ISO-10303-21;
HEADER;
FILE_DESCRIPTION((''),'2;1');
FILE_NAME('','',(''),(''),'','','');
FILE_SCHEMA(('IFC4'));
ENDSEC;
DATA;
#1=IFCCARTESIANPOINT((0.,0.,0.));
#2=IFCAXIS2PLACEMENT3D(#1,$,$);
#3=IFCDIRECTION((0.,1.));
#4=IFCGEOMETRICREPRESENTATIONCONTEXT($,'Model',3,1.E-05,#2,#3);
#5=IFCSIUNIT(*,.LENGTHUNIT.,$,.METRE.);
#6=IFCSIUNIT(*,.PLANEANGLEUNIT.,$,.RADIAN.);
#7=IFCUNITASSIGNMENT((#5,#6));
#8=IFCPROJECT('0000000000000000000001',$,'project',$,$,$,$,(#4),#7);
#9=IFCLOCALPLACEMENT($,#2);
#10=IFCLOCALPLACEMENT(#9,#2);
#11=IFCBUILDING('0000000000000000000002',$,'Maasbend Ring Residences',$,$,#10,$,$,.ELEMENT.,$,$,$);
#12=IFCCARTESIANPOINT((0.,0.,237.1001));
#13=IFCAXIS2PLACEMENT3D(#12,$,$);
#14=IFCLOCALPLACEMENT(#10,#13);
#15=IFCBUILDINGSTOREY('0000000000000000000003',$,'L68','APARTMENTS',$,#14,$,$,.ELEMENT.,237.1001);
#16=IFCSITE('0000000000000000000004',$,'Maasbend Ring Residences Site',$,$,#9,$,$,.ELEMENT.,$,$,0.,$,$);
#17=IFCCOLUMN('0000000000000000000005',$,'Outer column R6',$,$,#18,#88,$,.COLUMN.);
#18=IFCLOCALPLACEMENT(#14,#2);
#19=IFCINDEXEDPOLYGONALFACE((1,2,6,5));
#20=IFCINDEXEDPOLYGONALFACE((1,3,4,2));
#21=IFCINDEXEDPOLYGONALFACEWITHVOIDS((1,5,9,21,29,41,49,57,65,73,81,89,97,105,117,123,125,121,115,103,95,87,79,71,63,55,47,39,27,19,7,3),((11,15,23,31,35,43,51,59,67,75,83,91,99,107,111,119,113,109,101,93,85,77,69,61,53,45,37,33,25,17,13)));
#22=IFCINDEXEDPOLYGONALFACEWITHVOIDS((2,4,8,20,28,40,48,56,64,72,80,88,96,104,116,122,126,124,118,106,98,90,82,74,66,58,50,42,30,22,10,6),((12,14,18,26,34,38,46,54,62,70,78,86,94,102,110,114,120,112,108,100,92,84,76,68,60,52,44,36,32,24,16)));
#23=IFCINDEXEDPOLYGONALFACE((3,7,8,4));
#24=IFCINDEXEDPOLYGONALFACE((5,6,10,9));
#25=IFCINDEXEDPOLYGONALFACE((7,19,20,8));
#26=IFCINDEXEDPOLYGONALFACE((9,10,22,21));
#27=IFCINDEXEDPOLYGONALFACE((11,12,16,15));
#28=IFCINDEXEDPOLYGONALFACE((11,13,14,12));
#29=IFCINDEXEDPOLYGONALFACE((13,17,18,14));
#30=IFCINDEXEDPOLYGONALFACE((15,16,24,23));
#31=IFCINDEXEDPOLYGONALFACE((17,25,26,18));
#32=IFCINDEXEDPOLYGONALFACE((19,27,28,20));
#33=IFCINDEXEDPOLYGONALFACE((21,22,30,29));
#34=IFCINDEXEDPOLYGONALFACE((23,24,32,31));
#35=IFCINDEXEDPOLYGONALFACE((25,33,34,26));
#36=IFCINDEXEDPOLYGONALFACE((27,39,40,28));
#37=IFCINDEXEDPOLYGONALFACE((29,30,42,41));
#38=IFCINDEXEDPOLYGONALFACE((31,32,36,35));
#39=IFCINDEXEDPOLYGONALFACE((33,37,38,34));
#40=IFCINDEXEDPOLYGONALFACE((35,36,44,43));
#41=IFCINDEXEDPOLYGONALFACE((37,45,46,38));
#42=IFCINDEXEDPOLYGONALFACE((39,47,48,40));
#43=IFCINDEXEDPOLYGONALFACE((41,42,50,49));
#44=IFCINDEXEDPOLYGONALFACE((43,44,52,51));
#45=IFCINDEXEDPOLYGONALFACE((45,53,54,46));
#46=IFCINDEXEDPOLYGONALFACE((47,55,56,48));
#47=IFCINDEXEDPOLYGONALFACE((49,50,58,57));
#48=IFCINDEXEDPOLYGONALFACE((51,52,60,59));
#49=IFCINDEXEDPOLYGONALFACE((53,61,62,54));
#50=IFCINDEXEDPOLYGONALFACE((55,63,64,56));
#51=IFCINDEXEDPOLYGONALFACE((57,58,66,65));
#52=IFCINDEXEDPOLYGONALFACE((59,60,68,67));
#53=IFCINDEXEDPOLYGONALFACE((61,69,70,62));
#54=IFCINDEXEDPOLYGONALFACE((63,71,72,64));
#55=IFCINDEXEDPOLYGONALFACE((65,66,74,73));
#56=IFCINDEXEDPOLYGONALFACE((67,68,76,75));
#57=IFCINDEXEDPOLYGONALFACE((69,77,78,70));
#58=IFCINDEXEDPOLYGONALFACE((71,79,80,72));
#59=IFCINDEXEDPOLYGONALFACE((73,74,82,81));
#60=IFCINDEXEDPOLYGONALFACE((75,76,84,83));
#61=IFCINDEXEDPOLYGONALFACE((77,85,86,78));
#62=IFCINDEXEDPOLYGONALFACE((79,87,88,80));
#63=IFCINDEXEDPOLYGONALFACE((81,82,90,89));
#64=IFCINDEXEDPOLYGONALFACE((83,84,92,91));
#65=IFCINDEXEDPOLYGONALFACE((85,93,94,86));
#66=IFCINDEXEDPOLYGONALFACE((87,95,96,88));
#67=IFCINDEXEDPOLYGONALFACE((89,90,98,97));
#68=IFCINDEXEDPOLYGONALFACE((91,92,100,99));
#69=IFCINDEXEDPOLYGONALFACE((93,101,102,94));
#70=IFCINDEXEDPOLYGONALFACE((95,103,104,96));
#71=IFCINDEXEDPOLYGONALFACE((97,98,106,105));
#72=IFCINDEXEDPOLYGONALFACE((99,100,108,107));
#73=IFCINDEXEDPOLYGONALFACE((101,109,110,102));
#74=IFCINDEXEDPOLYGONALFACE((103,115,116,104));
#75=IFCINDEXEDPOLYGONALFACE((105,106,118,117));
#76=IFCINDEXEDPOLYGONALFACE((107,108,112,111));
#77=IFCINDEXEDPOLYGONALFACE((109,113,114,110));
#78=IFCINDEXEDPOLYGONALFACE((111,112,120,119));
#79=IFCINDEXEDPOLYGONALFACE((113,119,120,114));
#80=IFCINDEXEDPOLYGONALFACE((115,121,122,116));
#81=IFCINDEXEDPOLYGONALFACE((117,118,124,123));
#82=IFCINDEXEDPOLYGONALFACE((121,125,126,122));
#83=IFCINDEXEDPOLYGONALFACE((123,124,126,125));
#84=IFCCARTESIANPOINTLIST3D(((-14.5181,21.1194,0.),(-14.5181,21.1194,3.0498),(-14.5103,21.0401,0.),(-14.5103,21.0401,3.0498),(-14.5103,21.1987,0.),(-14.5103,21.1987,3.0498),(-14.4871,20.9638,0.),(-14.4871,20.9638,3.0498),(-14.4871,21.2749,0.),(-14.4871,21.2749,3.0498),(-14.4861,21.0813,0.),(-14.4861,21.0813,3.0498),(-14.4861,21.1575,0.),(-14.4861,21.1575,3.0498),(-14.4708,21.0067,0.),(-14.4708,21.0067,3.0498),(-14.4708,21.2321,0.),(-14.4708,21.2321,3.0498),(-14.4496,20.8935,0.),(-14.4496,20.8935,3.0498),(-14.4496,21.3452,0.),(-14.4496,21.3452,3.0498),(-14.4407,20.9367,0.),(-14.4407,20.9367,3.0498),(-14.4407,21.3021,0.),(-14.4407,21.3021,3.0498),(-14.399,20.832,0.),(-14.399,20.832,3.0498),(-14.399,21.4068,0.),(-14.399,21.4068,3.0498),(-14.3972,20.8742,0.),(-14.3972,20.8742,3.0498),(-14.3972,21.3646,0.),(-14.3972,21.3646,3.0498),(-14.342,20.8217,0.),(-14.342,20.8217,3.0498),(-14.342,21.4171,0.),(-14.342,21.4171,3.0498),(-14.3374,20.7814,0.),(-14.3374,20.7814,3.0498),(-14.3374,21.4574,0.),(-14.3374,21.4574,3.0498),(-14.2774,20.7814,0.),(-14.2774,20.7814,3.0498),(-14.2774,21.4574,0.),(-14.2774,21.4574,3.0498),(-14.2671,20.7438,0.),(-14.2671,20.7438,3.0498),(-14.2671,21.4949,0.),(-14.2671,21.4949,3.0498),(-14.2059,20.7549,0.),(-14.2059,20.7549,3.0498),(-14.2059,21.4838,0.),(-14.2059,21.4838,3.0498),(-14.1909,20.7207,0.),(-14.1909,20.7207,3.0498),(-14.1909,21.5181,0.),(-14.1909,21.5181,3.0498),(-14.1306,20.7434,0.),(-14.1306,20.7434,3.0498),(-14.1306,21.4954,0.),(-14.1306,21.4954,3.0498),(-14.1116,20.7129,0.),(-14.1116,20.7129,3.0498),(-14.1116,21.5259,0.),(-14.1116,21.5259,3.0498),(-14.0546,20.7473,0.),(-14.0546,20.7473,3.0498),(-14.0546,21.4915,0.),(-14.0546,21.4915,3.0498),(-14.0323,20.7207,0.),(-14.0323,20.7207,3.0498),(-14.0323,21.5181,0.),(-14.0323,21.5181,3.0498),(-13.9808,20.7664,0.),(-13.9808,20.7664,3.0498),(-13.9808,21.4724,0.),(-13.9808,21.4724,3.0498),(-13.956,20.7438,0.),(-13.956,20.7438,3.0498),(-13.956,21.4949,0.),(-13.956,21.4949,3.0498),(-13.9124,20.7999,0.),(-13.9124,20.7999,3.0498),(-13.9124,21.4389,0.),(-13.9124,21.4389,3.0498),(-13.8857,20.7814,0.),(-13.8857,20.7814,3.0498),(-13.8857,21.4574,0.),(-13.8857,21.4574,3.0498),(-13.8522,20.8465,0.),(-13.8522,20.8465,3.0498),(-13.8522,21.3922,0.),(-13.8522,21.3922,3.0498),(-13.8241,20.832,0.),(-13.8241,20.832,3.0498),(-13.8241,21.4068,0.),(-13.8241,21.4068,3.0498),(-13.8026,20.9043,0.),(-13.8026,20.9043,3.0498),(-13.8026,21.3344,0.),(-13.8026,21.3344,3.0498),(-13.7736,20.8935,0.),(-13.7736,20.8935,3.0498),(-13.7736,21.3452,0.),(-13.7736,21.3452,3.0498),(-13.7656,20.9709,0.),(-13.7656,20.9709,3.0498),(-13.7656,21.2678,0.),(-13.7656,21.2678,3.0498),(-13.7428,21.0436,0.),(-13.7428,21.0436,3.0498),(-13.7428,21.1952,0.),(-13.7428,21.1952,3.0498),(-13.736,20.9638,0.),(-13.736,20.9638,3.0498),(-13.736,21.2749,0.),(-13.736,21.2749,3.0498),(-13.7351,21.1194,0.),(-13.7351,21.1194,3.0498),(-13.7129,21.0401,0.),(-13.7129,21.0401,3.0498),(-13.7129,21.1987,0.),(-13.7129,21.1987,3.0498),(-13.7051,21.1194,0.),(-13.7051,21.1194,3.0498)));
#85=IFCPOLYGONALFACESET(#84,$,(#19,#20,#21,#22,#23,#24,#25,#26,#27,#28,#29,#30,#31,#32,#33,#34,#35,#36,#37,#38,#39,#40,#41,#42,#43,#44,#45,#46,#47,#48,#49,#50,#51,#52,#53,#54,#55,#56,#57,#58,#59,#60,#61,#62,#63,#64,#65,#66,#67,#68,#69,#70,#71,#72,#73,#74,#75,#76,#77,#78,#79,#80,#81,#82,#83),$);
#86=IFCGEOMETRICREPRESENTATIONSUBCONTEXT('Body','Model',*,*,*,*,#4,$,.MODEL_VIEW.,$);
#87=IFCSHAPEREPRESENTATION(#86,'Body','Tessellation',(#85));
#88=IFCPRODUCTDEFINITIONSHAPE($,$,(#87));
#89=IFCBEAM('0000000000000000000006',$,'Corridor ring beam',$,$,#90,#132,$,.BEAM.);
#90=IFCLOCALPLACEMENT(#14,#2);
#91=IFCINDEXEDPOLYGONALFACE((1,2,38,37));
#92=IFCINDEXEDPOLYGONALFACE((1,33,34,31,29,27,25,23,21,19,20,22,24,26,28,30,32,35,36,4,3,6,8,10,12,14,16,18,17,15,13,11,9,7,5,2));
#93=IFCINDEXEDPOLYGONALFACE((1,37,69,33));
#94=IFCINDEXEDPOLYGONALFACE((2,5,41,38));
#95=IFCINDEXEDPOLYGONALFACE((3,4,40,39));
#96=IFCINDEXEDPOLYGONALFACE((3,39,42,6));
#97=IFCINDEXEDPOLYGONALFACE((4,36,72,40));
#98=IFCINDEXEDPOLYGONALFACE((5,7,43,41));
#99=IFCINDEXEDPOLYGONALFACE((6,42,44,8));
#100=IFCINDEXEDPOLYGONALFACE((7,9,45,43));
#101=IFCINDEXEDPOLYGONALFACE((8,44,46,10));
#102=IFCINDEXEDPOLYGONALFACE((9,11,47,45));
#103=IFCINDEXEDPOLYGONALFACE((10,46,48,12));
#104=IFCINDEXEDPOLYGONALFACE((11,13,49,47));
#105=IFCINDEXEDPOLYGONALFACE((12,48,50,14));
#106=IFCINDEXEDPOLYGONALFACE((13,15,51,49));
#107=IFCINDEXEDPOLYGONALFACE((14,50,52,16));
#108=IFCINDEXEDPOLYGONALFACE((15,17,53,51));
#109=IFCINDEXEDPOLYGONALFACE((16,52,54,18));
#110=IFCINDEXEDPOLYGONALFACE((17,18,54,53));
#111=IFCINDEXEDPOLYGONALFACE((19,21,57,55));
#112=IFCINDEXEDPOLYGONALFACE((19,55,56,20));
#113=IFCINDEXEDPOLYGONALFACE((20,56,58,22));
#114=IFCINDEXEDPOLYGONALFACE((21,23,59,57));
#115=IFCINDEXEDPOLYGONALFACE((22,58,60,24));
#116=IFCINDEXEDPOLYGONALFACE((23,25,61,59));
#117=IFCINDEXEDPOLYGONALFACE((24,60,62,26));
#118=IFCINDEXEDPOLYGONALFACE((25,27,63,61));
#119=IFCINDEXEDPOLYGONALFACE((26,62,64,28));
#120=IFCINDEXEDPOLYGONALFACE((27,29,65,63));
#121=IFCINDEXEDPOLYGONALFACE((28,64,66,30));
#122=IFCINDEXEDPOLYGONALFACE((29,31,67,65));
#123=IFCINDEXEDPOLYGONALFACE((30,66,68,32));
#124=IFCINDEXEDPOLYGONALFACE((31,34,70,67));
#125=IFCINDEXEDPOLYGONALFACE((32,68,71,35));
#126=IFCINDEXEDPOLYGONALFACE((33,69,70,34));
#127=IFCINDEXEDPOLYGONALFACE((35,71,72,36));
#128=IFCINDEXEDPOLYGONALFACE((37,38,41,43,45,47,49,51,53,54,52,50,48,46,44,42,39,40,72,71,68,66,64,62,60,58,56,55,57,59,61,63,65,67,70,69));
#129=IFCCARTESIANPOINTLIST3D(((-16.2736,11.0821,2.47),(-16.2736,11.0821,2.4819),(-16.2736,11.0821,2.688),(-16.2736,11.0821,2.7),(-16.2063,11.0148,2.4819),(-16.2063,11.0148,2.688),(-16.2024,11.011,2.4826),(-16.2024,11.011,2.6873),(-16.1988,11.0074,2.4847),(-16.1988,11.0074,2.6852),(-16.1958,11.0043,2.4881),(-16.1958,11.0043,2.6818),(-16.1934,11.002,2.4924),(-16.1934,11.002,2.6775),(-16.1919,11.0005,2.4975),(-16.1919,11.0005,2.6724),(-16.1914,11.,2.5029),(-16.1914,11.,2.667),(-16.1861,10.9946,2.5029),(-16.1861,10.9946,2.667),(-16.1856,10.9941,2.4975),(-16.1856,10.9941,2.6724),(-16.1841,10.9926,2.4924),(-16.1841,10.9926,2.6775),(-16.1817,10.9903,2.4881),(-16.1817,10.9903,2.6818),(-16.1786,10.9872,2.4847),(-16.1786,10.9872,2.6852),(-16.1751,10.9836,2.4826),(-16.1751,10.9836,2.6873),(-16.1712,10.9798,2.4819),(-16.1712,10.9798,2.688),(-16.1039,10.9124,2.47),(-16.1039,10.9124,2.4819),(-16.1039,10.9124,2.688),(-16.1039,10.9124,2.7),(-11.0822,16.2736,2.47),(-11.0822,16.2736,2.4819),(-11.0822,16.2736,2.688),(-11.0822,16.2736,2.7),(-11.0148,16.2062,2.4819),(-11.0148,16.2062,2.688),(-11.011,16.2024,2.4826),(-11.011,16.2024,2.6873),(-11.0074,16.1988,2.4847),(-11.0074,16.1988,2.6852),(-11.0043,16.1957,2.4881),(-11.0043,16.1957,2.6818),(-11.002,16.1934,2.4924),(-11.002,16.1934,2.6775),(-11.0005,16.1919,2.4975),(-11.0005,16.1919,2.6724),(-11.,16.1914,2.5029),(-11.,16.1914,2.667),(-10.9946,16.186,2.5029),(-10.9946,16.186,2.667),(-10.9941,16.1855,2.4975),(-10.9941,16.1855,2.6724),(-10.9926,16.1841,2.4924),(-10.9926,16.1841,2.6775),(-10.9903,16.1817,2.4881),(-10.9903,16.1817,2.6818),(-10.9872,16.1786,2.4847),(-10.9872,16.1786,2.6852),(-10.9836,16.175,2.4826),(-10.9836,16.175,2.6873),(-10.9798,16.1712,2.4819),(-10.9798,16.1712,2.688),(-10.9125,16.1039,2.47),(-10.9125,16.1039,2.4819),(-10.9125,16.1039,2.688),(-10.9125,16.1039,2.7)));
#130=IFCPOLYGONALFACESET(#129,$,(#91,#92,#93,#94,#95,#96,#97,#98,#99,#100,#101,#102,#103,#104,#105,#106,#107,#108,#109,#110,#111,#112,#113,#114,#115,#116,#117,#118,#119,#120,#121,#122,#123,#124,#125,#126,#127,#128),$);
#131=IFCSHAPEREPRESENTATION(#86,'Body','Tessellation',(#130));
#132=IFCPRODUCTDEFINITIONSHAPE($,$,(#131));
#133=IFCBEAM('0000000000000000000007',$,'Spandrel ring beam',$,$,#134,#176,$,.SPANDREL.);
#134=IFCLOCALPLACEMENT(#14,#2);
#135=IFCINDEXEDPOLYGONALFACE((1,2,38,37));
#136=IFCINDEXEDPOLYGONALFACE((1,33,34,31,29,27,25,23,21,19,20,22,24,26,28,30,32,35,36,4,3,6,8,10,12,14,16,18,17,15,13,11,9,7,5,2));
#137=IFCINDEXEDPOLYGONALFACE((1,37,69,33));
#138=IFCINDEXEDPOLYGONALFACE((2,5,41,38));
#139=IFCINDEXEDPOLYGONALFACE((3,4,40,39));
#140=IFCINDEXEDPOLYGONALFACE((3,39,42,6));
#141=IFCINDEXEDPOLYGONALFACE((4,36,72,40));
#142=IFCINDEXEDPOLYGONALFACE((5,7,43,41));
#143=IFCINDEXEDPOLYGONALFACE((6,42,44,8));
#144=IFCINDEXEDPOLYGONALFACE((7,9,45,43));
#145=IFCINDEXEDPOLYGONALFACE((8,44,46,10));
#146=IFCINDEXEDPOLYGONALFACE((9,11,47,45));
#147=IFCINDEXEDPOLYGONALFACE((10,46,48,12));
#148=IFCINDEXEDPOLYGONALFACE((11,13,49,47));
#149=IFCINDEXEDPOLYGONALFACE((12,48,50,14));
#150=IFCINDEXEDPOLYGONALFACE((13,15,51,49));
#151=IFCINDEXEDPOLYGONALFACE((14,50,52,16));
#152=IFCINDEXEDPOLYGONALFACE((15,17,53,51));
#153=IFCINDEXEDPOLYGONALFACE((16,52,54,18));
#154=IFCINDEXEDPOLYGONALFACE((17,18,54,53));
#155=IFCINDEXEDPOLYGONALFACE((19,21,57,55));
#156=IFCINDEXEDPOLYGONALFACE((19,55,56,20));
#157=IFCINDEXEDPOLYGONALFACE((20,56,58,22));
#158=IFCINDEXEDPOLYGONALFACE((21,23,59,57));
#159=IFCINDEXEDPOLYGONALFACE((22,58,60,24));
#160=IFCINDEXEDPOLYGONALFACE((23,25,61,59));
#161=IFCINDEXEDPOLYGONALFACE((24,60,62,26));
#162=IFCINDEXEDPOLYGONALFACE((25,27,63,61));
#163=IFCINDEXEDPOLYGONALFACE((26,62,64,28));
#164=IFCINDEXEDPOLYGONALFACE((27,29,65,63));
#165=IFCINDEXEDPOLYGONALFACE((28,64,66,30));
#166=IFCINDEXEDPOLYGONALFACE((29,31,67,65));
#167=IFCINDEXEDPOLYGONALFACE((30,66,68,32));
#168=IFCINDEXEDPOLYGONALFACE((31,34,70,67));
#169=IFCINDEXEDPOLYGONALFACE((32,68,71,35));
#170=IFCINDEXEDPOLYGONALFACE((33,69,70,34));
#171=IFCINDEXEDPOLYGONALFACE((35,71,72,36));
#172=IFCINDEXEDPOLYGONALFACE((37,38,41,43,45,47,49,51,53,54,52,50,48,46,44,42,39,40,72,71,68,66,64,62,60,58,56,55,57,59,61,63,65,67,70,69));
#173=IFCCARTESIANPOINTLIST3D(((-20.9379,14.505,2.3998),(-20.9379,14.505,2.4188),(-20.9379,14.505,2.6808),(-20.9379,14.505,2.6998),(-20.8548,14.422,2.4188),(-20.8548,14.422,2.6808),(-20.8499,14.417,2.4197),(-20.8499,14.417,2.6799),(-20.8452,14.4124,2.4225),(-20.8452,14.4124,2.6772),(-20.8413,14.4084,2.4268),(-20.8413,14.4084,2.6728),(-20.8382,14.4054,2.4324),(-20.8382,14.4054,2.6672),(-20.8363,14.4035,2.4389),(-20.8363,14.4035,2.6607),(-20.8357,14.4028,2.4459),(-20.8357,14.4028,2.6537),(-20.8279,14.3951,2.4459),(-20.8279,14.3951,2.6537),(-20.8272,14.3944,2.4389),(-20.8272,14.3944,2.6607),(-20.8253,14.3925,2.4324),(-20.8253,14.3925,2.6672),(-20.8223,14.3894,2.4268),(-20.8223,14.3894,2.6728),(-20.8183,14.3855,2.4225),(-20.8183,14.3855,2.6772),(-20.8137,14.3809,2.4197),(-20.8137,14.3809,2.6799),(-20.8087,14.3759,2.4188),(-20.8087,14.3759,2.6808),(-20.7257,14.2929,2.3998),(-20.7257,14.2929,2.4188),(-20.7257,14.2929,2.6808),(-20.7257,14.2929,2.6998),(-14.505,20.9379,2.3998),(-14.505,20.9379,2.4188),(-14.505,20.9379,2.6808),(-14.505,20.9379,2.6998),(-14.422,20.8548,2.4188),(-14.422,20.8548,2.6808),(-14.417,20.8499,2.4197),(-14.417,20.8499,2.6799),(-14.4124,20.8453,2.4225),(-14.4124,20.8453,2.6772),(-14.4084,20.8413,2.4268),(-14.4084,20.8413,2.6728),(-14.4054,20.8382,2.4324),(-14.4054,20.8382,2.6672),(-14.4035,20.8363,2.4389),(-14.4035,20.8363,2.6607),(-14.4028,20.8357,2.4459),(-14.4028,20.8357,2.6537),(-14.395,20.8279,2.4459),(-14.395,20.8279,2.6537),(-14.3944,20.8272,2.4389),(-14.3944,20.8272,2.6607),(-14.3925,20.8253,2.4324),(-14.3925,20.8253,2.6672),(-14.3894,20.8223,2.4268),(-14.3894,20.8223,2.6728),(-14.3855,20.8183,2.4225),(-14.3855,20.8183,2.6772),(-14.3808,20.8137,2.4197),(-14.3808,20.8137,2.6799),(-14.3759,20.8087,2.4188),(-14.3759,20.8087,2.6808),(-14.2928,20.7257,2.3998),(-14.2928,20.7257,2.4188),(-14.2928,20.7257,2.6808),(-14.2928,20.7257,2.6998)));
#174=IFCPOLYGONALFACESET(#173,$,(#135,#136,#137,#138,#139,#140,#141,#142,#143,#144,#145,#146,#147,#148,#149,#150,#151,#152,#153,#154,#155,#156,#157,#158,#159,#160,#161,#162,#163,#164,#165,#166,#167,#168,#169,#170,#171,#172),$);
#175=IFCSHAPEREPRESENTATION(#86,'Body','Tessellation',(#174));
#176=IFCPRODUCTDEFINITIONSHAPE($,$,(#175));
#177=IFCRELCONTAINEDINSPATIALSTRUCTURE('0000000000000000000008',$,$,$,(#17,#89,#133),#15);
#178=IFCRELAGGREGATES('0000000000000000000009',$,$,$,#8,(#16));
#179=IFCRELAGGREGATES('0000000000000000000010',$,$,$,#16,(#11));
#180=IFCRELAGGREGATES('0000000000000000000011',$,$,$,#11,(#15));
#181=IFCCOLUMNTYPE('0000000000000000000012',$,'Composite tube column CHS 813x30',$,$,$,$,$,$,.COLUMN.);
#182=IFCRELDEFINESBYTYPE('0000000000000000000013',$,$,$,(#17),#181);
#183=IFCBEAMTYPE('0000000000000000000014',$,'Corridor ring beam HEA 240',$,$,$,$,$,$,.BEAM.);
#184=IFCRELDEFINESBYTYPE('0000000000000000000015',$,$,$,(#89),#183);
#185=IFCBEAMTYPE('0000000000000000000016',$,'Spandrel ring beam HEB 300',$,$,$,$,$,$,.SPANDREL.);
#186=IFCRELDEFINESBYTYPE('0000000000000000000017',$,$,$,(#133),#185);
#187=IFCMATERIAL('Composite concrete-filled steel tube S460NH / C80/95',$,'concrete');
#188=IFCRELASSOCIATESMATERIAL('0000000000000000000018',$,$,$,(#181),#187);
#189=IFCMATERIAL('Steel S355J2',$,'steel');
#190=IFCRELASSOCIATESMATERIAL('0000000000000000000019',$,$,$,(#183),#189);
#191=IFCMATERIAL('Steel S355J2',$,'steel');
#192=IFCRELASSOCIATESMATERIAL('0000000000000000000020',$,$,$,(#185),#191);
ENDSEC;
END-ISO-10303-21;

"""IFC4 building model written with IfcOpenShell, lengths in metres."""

from ifc_helpers import new_model, si_unit, direction, frame, origin, origin_2d, place, context, subcontext, project, spatial, hollow_circle, i_section, extrude, material, material_profile, profile_set, type_object, element, save


model = new_model("IFC4")

# Units and contexts
model_context = context("Model", 3, precision=1e-05, world=origin(), true_north=direction((0.0, 1.0)))
body_context = subcontext(model_context, "Body", "Model", "MODEL_VIEW")
ifc_project = project(units=[si_unit("LENGTHUNIT", "METRE"), si_unit("PLANEANGLEUNIT", "RADIAN")], contexts=[model_context])

# Site, building, storey
site_placement = place(None, origin())
site = spatial("IfcSite", under=ifc_project, at=site_placement, Name="Maasbend Ring Residences Site", CompositionType="ELEMENT", RefElevation=0.0)
building_placement = place(site_placement, origin())
building = spatial("IfcBuilding", under=site, at=building_placement, Name="Maasbend Ring Residences", CompositionType="ELEMENT")
storey_placement = place(building_placement, frame((0.0, 0.0, 237.1001)))
storey = spatial("IfcBuildingStorey", under=building, at=storey_placement, Name="L68", Description="APARTMENTS", CompositionType="ELEMENT", Elevation=237.1001)

# Column
ifc_material_1 = material(Name="Composite concrete-filled steel tube S460NH / C80/95", Category="concrete")
ifc_material_profile_1 = material_profile(ifc_material_1, hollow_circle(Radius=0.4065, WallThickness=0.03, at=origin_2d()), Name="Composite tube column CHS 813x30")
ifc_profile_set_1 = profile_set([ifc_material_profile_1], Name="Composite concrete-filled steel tube S460NH / C80/95")
column_type = type_object("IfcColumnType", Name="Composite tube column CHS 813x30", PredefinedType="COLUMN", material=ifc_profile_set_1)
column_placement = place(storey_placement, frame((-14.1116, 21.1194, 0.0), z_axis=(0.0, 0.0, 1.0), x_axis=(1.0, 0.0, 0.0)))
element("IfcColumn", 1, at=column_placement, inside=storey, type_object=column_type, Name="Outer column R6", PredefinedType="COLUMN", context=body_context, shape_type="SweptSolid", body=[
    extrude(hollow_circle(Radius=0.4065, WallThickness=0.03, at=origin_2d()), origin(), (0.0, 0.0, 1.0), 3.0498),
])

# Beams
ifc_material_2 = material(Name="Steel S355J2", Category="steel")
ifc_material_profile_2 = material_profile(ifc_material_2, i_section(OverallWidth=0.24, OverallDepth=0.23, WebThickness=0.0076, FlangeThickness=0.012, FilletRadius=0.021, at=origin_2d()), Name="HEA 240")
ifc_profile_set_2 = profile_set([ifc_material_profile_2], Name="Steel S355J2")
beam_type_1 = type_object("IfcBeamType", Name="Corridor ring beam HEA 240", PredefinedType="BEAM", material=ifc_profile_set_2)
beam_1_placement = place(storey_placement, frame((-10.9973, 16.1887, 2.585), z_axis=(-0.707107, -0.707107, 0.0), x_axis=(0.707107, -0.707107, 0.0)))
element("IfcBeam", 2, at=beam_1_placement, inside=storey, type_object=beam_type_1, Name="Corridor ring beam", PredefinedType="BEAM", context=body_context, shape_type="SweptSolid", body=[
    extrude(i_section(OverallWidth=0.24, OverallDepth=0.23, WebThickness=0.0076, FlangeThickness=0.012, FilletRadius=0.021, at=origin_2d()), origin(), (0.0, 0.0, 1.0), 7.3418),
])
ifc_material_3 = material(Name="Steel S355J2", Category="steel")
ifc_material_profile_3 = material_profile(ifc_material_3, i_section(OverallWidth=0.3, OverallDepth=0.3, WebThickness=0.011, FlangeThickness=0.019, FilletRadius=0.0271, at=origin_2d()), Name="HEB 300")
ifc_profile_set_3 = profile_set([ifc_material_profile_3], Name="Steel S355J2")
beam_type_2 = type_object("IfcBeamType", Name="Spandrel ring beam HEB 300", PredefinedType="SPANDREL", material=ifc_profile_set_3)
beam_2_placement = place(storey_placement, frame((-14.3989, 20.8318, 2.5498), z_axis=(-0.707107, -0.707107, 0.0), x_axis=(0.707107, -0.707107, 0.0)))
element("IfcBeam", 3, at=beam_2_placement, inside=storey, type_object=beam_type_2, Name="Spandrel ring beam", PredefinedType="SPANDREL", context=body_context, shape_type="SweptSolid", body=[
    extrude(i_section(OverallWidth=0.3, OverallDepth=0.3, WebThickness=0.011, FlangeThickness=0.019, FilletRadius=0.0271, at=origin_2d()), origin(), (0.0, 0.0, 1.0), 9.0974),
])

save(model, "model.ifc")
